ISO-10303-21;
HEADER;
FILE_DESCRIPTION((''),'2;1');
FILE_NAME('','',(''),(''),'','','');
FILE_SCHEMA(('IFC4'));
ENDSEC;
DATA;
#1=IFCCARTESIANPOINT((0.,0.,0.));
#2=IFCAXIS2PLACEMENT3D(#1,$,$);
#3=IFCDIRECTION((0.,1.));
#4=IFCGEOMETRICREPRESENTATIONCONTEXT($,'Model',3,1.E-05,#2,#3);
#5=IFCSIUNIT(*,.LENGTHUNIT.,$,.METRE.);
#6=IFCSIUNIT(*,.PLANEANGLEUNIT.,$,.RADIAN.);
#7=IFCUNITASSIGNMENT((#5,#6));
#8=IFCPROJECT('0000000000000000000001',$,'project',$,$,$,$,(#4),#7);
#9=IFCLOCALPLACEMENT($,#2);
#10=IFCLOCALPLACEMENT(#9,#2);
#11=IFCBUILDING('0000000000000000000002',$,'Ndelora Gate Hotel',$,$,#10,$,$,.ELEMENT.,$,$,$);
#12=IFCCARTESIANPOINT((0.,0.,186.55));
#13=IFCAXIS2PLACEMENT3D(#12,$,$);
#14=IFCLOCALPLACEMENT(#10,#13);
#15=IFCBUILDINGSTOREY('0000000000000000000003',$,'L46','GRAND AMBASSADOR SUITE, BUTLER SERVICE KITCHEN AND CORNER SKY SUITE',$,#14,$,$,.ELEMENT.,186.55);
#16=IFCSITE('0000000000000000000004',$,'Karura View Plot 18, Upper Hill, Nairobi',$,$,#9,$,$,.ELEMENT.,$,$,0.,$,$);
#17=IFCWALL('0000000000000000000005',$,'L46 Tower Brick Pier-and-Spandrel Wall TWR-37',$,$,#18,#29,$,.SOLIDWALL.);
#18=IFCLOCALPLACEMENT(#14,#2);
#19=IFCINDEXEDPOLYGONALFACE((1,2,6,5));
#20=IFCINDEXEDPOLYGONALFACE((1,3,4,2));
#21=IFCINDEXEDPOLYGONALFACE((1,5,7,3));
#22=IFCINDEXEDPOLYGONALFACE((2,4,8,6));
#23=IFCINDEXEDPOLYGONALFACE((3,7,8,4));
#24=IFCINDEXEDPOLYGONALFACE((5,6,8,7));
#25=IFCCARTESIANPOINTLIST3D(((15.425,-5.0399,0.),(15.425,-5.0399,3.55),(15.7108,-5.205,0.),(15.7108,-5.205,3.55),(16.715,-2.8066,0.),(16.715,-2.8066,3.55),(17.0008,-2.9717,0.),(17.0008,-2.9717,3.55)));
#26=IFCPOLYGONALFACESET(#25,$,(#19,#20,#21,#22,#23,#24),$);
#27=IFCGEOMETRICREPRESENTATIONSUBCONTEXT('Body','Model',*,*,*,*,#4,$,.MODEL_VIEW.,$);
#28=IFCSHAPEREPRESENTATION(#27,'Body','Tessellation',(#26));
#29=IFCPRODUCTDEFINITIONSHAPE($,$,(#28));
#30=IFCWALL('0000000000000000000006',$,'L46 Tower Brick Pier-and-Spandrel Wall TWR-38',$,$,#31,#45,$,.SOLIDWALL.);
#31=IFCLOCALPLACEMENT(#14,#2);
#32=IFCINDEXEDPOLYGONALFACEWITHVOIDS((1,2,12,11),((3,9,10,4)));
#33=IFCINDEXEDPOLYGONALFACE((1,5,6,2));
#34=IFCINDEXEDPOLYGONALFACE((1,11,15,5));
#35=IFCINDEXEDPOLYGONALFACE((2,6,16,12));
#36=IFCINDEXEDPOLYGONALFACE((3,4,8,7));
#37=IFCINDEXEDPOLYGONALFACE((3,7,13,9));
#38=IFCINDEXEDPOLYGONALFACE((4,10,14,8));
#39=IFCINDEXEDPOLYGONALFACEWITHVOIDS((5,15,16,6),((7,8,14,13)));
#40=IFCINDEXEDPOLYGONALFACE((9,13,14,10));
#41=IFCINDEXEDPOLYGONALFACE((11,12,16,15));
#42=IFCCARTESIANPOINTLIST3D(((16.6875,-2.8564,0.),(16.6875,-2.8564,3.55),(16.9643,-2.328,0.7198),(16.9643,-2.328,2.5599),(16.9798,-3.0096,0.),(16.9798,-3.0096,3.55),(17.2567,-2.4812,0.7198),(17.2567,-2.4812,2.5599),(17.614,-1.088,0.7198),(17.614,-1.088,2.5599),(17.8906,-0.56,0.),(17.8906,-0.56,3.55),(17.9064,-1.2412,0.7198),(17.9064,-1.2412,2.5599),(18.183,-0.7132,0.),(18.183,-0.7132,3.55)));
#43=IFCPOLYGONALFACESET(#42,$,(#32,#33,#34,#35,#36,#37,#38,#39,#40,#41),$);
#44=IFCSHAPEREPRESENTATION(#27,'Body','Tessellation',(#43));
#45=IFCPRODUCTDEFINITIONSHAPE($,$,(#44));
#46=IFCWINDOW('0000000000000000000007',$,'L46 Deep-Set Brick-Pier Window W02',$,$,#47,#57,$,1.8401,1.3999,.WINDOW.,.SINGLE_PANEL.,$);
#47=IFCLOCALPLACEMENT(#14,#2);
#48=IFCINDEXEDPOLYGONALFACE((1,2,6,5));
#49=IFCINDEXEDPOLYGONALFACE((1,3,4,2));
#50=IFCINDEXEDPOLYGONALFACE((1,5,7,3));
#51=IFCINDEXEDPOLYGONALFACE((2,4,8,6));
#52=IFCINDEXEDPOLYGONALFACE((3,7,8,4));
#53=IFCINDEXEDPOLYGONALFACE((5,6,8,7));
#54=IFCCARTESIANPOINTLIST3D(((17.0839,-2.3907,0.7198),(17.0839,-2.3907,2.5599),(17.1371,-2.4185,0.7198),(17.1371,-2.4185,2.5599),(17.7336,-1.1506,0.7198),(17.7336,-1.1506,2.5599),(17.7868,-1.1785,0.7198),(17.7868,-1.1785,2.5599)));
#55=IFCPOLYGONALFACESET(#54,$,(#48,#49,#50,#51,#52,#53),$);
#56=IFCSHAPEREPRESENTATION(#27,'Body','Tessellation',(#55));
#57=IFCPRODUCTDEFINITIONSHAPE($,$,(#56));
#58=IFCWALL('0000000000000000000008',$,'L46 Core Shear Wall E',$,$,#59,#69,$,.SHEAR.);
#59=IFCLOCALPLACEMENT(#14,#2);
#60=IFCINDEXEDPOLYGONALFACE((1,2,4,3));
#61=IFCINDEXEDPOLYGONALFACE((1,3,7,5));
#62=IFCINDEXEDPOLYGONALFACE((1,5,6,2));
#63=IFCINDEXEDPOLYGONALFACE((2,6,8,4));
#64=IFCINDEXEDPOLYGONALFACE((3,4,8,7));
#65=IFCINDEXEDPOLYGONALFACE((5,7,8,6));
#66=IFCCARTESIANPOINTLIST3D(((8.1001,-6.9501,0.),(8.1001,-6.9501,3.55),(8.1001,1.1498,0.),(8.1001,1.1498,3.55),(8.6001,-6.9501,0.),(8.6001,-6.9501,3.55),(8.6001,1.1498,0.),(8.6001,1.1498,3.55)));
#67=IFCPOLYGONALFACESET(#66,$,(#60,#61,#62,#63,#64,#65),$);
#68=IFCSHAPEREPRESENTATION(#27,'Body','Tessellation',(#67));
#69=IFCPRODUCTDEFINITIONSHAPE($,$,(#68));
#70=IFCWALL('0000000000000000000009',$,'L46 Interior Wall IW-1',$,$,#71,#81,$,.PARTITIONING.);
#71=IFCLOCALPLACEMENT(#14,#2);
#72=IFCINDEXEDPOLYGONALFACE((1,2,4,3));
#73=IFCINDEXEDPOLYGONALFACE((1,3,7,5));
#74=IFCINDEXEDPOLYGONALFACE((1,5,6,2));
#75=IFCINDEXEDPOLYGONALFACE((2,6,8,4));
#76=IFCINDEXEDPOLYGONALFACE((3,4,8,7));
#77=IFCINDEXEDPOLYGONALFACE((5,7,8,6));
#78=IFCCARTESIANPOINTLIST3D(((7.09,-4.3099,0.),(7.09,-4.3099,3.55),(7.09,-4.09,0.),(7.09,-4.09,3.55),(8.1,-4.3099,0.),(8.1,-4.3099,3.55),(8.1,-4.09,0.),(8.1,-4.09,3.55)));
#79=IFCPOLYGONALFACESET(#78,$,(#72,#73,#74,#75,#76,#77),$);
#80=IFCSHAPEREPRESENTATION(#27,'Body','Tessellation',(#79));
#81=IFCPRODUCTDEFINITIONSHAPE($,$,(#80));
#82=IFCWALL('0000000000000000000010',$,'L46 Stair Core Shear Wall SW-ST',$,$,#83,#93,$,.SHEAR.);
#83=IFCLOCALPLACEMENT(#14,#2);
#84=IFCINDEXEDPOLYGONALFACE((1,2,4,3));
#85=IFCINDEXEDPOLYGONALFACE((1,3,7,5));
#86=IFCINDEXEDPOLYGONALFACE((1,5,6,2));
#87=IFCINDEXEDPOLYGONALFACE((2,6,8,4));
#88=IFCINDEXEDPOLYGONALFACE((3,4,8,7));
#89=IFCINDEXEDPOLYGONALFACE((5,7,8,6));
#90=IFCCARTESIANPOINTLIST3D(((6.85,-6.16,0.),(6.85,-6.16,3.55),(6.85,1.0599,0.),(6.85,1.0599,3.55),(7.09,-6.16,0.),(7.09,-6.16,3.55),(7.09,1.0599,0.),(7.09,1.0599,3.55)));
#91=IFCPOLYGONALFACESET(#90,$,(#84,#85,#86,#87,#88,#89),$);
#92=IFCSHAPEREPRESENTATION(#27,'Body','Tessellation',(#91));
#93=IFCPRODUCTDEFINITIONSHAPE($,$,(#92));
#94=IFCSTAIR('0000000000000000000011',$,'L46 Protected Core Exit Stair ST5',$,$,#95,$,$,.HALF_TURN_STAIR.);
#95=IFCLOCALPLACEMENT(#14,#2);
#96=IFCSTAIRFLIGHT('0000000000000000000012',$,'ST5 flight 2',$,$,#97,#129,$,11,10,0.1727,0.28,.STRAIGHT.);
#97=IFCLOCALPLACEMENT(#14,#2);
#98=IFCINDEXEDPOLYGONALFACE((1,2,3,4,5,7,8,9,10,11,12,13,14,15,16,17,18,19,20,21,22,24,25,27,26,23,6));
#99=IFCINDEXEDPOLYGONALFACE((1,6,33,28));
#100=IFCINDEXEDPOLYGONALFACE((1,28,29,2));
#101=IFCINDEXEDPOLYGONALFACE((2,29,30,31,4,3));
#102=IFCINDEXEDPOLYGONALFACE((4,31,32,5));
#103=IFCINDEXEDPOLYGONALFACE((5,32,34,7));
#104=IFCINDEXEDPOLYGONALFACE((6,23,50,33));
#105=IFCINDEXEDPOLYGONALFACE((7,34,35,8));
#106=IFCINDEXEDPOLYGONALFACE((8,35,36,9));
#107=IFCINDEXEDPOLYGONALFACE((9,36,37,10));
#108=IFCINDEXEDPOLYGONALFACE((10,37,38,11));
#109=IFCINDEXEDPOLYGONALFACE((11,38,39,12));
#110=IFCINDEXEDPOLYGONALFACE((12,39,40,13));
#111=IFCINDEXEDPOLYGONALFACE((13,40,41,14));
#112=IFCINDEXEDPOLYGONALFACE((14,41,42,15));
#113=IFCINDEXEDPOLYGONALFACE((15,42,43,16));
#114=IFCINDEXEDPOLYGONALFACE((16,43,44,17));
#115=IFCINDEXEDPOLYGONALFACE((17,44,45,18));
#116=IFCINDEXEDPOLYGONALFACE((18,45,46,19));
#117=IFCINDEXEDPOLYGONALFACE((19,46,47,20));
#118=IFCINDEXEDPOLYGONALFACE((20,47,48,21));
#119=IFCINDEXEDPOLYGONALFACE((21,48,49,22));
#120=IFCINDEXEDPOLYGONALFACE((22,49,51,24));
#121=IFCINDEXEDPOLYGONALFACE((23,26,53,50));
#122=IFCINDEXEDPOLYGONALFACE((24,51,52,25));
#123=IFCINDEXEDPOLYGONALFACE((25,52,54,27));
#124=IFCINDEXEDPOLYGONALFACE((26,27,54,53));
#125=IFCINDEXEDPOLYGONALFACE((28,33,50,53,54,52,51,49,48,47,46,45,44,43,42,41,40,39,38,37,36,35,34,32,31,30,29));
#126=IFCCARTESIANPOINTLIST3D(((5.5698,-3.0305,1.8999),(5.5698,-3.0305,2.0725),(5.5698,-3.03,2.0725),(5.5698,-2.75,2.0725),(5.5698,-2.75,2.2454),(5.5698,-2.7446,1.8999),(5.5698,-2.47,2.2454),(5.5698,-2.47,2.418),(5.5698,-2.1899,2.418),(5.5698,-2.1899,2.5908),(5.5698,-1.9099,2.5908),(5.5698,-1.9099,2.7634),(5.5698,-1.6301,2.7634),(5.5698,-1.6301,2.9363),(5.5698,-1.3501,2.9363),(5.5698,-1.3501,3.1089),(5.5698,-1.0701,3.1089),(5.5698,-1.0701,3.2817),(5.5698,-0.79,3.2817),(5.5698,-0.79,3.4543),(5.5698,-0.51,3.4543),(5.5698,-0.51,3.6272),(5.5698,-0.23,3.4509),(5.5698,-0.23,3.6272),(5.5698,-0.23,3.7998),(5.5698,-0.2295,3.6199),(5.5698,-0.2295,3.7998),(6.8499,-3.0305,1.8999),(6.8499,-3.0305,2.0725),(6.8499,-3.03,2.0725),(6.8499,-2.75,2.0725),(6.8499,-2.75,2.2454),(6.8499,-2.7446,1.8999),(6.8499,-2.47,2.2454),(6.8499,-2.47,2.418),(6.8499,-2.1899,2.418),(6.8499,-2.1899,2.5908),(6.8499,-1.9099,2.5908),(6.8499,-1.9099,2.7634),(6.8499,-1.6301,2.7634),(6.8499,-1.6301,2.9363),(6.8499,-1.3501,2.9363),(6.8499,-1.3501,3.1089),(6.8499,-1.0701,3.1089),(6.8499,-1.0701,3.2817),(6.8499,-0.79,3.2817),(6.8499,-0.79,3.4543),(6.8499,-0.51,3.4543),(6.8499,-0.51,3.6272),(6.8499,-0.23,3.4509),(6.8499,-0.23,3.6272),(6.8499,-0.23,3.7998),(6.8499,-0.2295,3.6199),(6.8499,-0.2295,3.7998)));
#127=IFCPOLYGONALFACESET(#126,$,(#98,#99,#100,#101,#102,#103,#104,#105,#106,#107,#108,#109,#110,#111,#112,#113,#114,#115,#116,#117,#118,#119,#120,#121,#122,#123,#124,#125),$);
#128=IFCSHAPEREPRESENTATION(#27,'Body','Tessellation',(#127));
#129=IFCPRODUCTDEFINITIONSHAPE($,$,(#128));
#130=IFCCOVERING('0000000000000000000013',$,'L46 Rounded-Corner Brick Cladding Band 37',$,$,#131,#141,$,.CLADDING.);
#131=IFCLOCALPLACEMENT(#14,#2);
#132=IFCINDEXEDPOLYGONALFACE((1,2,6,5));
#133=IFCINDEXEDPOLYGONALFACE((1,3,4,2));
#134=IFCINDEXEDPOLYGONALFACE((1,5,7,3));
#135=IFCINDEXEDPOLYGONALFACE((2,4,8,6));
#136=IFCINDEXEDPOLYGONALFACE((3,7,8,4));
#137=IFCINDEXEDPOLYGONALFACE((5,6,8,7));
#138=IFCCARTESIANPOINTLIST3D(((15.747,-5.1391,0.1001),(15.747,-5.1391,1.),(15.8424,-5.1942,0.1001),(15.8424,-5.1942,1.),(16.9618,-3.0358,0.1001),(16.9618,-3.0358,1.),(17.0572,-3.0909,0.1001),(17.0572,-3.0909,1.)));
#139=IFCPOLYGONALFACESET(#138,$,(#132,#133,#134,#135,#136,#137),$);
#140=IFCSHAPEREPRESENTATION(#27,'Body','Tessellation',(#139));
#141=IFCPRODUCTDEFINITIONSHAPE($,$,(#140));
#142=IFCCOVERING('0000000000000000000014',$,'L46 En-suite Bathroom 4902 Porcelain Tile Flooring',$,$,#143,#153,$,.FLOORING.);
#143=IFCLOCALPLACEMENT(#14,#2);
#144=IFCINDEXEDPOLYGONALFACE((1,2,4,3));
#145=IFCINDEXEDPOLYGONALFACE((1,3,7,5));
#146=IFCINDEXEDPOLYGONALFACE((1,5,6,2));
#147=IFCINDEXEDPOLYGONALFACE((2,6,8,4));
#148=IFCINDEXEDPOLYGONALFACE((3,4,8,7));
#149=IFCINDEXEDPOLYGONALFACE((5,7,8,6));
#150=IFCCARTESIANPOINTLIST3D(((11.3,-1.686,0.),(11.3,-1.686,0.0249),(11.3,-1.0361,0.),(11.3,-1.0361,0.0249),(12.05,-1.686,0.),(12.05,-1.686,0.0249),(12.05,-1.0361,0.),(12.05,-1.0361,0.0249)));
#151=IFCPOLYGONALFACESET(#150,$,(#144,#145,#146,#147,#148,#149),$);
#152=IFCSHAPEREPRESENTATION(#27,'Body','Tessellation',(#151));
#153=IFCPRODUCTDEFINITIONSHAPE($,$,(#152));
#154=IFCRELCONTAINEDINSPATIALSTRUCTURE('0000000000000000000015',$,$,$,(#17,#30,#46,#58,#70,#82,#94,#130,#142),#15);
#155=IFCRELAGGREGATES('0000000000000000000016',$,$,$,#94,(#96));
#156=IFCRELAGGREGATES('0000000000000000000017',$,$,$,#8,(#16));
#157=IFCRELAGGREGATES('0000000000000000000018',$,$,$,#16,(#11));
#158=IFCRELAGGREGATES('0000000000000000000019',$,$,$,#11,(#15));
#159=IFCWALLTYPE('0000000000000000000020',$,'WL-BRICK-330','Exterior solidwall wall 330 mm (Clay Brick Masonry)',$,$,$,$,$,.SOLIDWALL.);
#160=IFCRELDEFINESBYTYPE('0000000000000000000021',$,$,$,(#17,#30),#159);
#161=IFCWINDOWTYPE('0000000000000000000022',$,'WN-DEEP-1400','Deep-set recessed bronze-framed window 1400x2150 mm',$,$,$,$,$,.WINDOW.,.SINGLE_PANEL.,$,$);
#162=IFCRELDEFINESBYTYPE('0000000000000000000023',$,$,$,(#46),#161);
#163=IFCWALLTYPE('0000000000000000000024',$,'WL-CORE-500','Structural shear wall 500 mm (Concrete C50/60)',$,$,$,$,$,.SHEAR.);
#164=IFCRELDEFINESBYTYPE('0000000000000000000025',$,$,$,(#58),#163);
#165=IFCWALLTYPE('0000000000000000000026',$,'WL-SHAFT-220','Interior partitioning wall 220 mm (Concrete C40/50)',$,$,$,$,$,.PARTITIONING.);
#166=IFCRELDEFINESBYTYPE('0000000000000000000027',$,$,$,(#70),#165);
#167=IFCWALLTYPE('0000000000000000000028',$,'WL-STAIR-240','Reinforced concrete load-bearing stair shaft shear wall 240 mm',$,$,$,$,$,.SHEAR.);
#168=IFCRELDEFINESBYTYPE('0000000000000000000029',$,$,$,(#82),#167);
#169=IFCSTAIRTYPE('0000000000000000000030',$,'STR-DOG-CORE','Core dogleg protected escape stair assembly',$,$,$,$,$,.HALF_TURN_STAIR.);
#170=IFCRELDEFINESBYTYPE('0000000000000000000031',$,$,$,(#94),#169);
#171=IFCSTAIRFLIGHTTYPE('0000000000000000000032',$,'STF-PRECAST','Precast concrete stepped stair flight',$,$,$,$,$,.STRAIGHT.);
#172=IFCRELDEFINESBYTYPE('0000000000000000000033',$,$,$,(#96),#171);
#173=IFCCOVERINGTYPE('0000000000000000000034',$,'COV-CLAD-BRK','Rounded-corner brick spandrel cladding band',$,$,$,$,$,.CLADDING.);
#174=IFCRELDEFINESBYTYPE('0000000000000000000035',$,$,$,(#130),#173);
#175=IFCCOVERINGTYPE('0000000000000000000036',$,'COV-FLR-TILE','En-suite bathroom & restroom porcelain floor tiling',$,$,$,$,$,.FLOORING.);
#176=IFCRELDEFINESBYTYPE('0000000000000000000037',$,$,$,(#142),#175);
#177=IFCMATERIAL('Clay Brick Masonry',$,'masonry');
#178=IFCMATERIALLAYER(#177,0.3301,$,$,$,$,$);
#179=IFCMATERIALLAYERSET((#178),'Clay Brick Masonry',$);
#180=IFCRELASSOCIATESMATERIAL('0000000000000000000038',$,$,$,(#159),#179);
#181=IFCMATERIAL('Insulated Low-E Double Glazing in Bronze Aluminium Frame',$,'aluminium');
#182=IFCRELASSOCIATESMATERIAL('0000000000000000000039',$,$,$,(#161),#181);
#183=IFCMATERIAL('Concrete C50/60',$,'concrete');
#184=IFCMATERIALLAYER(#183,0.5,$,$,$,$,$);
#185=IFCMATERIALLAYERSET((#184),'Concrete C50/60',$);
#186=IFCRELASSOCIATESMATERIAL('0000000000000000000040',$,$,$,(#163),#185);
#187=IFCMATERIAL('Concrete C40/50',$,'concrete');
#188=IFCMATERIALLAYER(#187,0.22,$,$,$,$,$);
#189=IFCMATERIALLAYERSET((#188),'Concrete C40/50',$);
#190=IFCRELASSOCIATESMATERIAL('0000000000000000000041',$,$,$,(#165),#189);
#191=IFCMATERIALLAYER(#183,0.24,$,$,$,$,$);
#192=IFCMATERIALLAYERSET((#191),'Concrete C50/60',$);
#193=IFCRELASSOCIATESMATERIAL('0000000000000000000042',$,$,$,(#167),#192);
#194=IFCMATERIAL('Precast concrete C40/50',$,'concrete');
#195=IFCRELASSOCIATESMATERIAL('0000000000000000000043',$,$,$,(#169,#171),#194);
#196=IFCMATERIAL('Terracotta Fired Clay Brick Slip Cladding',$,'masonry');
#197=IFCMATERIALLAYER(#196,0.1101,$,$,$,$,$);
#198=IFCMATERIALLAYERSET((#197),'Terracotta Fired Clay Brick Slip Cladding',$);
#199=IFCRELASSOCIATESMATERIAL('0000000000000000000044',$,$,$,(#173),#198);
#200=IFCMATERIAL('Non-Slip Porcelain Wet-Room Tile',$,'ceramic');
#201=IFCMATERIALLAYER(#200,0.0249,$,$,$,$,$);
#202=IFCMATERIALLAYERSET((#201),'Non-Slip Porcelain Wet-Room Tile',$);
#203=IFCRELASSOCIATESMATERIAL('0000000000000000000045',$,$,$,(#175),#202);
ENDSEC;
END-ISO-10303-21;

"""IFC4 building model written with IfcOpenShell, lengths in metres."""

from ifc_helpers import new_model, si_unit, direction, frame, frame_2d, origin, origin_2d, place, context, subcontext, project, spatial, polyline, rectangle, outline, extrude, material, layer, layer_set, type_object, element, fill, aggregate, save


model = new_model("IFC4")

# Units and contexts
model_context = context("Model", 3, precision=1e-05, world=origin(), true_north=direction((0.0, 1.0)))
body_context = subcontext(model_context, "Body", "Model", "MODEL_VIEW")
ifc_project = project(units=[si_unit("LENGTHUNIT", "METRE"), si_unit("PLANEANGLEUNIT", "RADIAN")], contexts=[model_context])

# Site, building, storey
site_placement = place(None, origin())
site = spatial("IfcSite", under=ifc_project, at=site_placement, Name="Karura View Plot 18, Upper Hill, Nairobi", CompositionType="ELEMENT", RefElevation=0.0)
building_placement = place(site_placement, origin())
building = spatial("IfcBuilding", under=site, at=building_placement, Name="Ndelora Gate Hotel", CompositionType="ELEMENT")
storey_placement = place(building_placement, frame((0.0, 0.0, 186.55)))
storey = spatial("IfcBuildingStorey", under=building, at=storey_placement, Name="L46", Description="GRAND AMBASSADOR SUITE, BUTLER SERVICE KITCHEN AND CORNER SKY SUITE", CompositionType="ELEMENT", Elevation=186.55)

# Shared definitions
ifc_material_1 = material(Name="Concrete C50/60", Category="concrete")

# Shared definitions
ifc_material_2 = material(Name="Clay Brick Masonry", Category="masonry")
ifc_layer_1 = layer(ifc_material_2, 0.3301)
ifc_layer_set_1 = layer_set([ifc_layer_1], Name="Clay Brick Masonry")
wall_type_1 = type_object("IfcWallType", Name="WL-BRICK-330", Description="Exterior solidwall wall 330 mm (Clay Brick Masonry)", PredefinedType="SOLIDWALL", material=ifc_layer_set_1)
ifc_material_3 = material(Name="Insulated Low-E Double Glazing in Bronze Aluminium Frame", Category="aluminium")
window_type = type_object("IfcWindowType", Name="WN-DEEP-1400", Description="Deep-set recessed bronze-framed window 1400x2150 mm", PartitioningType="SINGLE_PANEL", PredefinedType="WINDOW", material=ifc_material_3)

# Wall
wall_1_placement = place(storey_placement, frame((16.8579, -2.8892, 0.0), z_axis=(0.0, 0.0, 1.0), x_axis=(-0.50017, -0.865927, 0.0)))
element("IfcWall", 1, at=wall_1_placement, inside=storey, type_object=wall_type_1, Name="L46 Tower Brick Pier-and-Spandrel Wall TWR-37", PredefinedType="SOLIDWALL", context=body_context, shape_type="SweptSolid", body=[
    extrude(rectangle(XDim=2.5791, YDim=0.3301, at=frame_2d((1.2896, 0.0))), origin(), (0.0, 0.0, 1.0), 3.55),
])

# Wall, opening, window
wall_2_placement = place(storey_placement, frame((18.0369, -0.6365, 0.0), z_axis=(0.0, 0.0, 1.0), x_axis=(-0.464084, -0.885791, 0.0)))
wall_2 = element("IfcWall", 2, at=wall_2_placement, inside=storey, type_object=wall_type_1, Name="L46 Tower Brick Pier-and-Spandrel Wall TWR-38", PredefinedType="SOLIDWALL", context=body_context, shape_type="SweptSolid", body=[
    extrude(rectangle(XDim=2.5925, YDim=0.3301, at=frame_2d((1.2964, 0.0))), origin(), (0.0, 0.0, 1.0), 3.55),
])
opening_1_placement = place(wall_2_placement, frame((0.5962, 0.0, 0.72)))
opening_1 = element("IfcOpeningElement", 3, at=opening_1_placement, cuts=wall_2, PredefinedType="OPENING", context=body_context, shape_type="SweptSolid", body=[
    extrude(rectangle(XDim=1.3999, YDim=1.8401, at=frame_2d((0.7, 0.9199))), frame((0.0, 0.175, 0.0), z_axis=(0.0, -1.0, 0.0), x_axis=(1.0, 0.0, 0.0)), (0.0, 0.0, 1.0), 0.3501),
])
window_1_placement = place(opening_1_placement, origin())
window_1 = element("IfcWindow", 4, at=window_1_placement, inside=storey, type_object=window_type, Name="L46 Deep-Set Brick-Pier Window W02", OverallHeight=1.8401, OverallWidth=1.3999, PartitioningType="SINGLE_PANEL", PredefinedType="WINDOW", context=body_context, shape_type="SweptSolid", body=[
    extrude(rectangle(XDim=1.3999, YDim=1.8401, at=frame_2d((0.7, 0.9199))), frame((0.0, 0.03, 0.0), z_axis=(0.0, -1.0, 0.0), x_axis=(1.0, 0.0, 0.0)), (0.0, 0.0, 1.0), 0.0601),
])
fill(opening_1, window_1)

# Walls
ifc_layer_2 = layer(ifc_material_1, 0.5)
ifc_layer_set_2 = layer_set([ifc_layer_2], Name="Concrete C50/60")
wall_type_2 = type_object("IfcWallType", Name="WL-CORE-500", Description="Structural shear wall 500 mm (Concrete C50/60)", PredefinedType="SHEAR", material=ifc_layer_set_2)
wall_3_placement = place(storey_placement, frame((8.3501, -6.95, 0.0), z_axis=(0.0, 0.0, 1.0), x_axis=(0.0, 1.0, 0.0)))
element("IfcWall", 5, at=wall_3_placement, inside=storey, type_object=wall_type_2, Name="L46 Core Shear Wall E", PredefinedType="SHEAR", context=body_context, shape_type="SweptSolid", body=[
    extrude(rectangle(XDim=8.0999, YDim=0.5, at=frame_2d((4.0498, 0.0))), origin(), (0.0, 0.0, 1.0), 3.55),
])
ifc_material_4 = material(Name="Concrete C40/50", Category="concrete")
ifc_layer_3 = layer(ifc_material_4, 0.22)
ifc_layer_set_3 = layer_set([ifc_layer_3], Name="Concrete C40/50")
wall_type_3 = type_object("IfcWallType", Name="WL-SHAFT-220", Description="Interior partitioning wall 220 mm (Concrete C40/50)", PredefinedType="PARTITIONING", material=ifc_layer_set_3)
wall_4_placement = place(storey_placement, frame((7.0901, -4.2, 0.0), z_axis=(0.0, 0.0, 1.0), x_axis=(1.0, 0.0, 0.0)))
element("IfcWall", 6, at=wall_4_placement, inside=storey, type_object=wall_type_3, Name="L46 Interior Wall IW-1", PredefinedType="PARTITIONING", context=body_context, shape_type="SweptSolid", body=[
    extrude(rectangle(XDim=1.01, YDim=0.22, at=frame_2d((0.5049, 0.0))), origin(), (0.0, 0.0, 1.0), 3.55),
])
ifc_layer_4 = layer(ifc_material_1, 0.24)
ifc_layer_set_4 = layer_set([ifc_layer_4], Name="Concrete C50/60")
wall_type_4 = type_object("IfcWallType", Name="WL-STAIR-240", Description="Reinforced concrete load-bearing stair shaft shear wall 240 mm", PredefinedType="SHEAR", material=ifc_layer_set_4)
wall_5_placement = place(storey_placement, frame((6.97, -6.1599, 0.0), z_axis=(0.0, 0.0, 1.0), x_axis=(0.0, 1.0, 0.0)))
element("IfcWall", 7, at=wall_5_placement, inside=storey, type_object=wall_type_4, Name="L46 Stair Core Shear Wall SW-ST", PredefinedType="SHEAR", context=body_context, shape_type="SweptSolid", body=[
    extrude(rectangle(XDim=7.22, YDim=0.24, at=frame_2d((3.6099, 0.0))), origin(), (0.0, 0.0, 1.0), 3.55),
])

# Stair, stair flight
ifc_material_5 = material(Name="Precast concrete C40/50", Category="concrete")
stair_type = type_object("IfcStairType", Name="STR-DOG-CORE", Description="Core dogleg protected escape stair assembly", PredefinedType="HALF_TURN_STAIR", material=ifc_material_5)
stair_placement = place(storey_placement, origin())
stair = element("IfcStair", 8, at=stair_placement, inside=storey, type_object=stair_type, Name="L46 Protected Core Exit Stair ST5", PredefinedType="HALF_TURN_STAIR")
stair_flight_type = type_object("IfcStairFlightType", Name="STF-PRECAST", Description="Precast concrete stepped stair flight", PredefinedType="STRAIGHT", material=ifc_material_5)
stair_flight_placement = place(storey_placement, frame((6.21, -3.03, 1.8999), z_axis=(0.0, 0.0, 1.0), x_axis=(0.0, 1.0, 0.0)))
stair_flight = element("IfcStairFlight", 9, at=stair_flight_placement, type_object=stair_flight_type, Name="ST5 flight 2", NumberOfRisers=11, NumberOfTreads=10, PredefinedType="STRAIGHT", RiserHeight=0.1727, TreadLength=0.28, context=body_context, shape_type="SweptSolid", body=[
    extrude(outline(polyline([(-0.0005, 0.0), (-0.0005, 0.1726), (0.0, 0.1726), (0.28, 0.1726), (0.28, 0.3455), (0.5601, 0.3455), (0.5601, 0.5181), (0.8401, 0.5181), (0.8401, 0.6909), (1.1201, 0.6909), (1.1201, 0.8635), (1.3999, 0.8635), (1.3999, 1.0364), (1.6799, 1.0364), (1.6799, 1.209), (1.96, 1.209), (1.96, 1.3818), (2.24, 1.3818), (2.24, 1.5544), (2.52, 1.5544), (2.52, 1.7273), (2.8, 1.7273), (2.8, 1.8999), (2.8005, 1.8999), (2.8005, 1.72), (2.8, 1.551), (0.2854, 0.0), (-0.0005, 0.0)])), frame((0.0, 0.6401, 0.0), z_axis=(0.0, -1.0, 0.0), x_axis=(1.0, 0.0, 0.0)), (0.0, 0.0, 1.0), 1.28),
])
aggregate(stair, [stair_flight])

# Coverings
ifc_material_6 = material(Name="Terracotta Fired Clay Brick Slip Cladding", Category="masonry")
ifc_layer_5 = layer(ifc_material_6, 0.1101)
ifc_layer_set_5 = layer_set([ifc_layer_5], Name="Terracotta Fired Clay Brick Slip Cladding")
covering_type_1 = type_object("IfcCoveringType", Name="COV-CLAD-BRK", Description="Rounded-corner brick spandrel cladding band", PredefinedType="CLADDING", material=ifc_layer_set_5)
covering_1_placement = place(storey_placement, frame((16.4021, -4.115, 0.1001), z_axis=(0.0, 0.0, 1.0), x_axis=(0.500151, 0.865938, 0.0)))
element("IfcCovering", 10, at=covering_1_placement, inside=storey, type_object=covering_type_1, Name="L46 Rounded-Corner Brick Cladding Band 37", PredefinedType="CLADDING", context=body_context, shape_type="SweptSolid", body=[
    extrude(rectangle(XDim=2.429, YDim=0.1101, at=origin_2d()), origin(), (0.0, 0.0, 1.0), 0.8999),
])
ifc_material_7 = material(Name="Non-Slip Porcelain Wet-Room Tile", Category="ceramic")
ifc_layer_6 = layer(ifc_material_7, 0.0249)
ifc_layer_set_6 = layer_set([ifc_layer_6], Name="Non-Slip Porcelain Wet-Room Tile")
covering_type_2 = type_object("IfcCoveringType", Name="COV-FLR-TILE", Description="En-suite bathroom & restroom porcelain floor tiling", PredefinedType="FLOORING", material=ifc_layer_set_6)
covering_2_placement = place(storey_placement, frame((11.675, -1.3611, 0.0), z_axis=(0.0, 0.0, 1.0), x_axis=(1.0, 0.0, 0.0)))
element("IfcCovering", 11, at=covering_2_placement, inside=storey, type_object=covering_type_2, Name="L46 En-suite Bathroom 4902 Porcelain Tile Flooring", PredefinedType="FLOORING", context=body_context, shape_type="SweptSolid", body=[
    extrude(rectangle(XDim=0.75, YDim=0.6499, at=origin_2d()), origin(), (0.0, 0.0, 1.0), 0.0249),
])

save(model, "model.ifc")
